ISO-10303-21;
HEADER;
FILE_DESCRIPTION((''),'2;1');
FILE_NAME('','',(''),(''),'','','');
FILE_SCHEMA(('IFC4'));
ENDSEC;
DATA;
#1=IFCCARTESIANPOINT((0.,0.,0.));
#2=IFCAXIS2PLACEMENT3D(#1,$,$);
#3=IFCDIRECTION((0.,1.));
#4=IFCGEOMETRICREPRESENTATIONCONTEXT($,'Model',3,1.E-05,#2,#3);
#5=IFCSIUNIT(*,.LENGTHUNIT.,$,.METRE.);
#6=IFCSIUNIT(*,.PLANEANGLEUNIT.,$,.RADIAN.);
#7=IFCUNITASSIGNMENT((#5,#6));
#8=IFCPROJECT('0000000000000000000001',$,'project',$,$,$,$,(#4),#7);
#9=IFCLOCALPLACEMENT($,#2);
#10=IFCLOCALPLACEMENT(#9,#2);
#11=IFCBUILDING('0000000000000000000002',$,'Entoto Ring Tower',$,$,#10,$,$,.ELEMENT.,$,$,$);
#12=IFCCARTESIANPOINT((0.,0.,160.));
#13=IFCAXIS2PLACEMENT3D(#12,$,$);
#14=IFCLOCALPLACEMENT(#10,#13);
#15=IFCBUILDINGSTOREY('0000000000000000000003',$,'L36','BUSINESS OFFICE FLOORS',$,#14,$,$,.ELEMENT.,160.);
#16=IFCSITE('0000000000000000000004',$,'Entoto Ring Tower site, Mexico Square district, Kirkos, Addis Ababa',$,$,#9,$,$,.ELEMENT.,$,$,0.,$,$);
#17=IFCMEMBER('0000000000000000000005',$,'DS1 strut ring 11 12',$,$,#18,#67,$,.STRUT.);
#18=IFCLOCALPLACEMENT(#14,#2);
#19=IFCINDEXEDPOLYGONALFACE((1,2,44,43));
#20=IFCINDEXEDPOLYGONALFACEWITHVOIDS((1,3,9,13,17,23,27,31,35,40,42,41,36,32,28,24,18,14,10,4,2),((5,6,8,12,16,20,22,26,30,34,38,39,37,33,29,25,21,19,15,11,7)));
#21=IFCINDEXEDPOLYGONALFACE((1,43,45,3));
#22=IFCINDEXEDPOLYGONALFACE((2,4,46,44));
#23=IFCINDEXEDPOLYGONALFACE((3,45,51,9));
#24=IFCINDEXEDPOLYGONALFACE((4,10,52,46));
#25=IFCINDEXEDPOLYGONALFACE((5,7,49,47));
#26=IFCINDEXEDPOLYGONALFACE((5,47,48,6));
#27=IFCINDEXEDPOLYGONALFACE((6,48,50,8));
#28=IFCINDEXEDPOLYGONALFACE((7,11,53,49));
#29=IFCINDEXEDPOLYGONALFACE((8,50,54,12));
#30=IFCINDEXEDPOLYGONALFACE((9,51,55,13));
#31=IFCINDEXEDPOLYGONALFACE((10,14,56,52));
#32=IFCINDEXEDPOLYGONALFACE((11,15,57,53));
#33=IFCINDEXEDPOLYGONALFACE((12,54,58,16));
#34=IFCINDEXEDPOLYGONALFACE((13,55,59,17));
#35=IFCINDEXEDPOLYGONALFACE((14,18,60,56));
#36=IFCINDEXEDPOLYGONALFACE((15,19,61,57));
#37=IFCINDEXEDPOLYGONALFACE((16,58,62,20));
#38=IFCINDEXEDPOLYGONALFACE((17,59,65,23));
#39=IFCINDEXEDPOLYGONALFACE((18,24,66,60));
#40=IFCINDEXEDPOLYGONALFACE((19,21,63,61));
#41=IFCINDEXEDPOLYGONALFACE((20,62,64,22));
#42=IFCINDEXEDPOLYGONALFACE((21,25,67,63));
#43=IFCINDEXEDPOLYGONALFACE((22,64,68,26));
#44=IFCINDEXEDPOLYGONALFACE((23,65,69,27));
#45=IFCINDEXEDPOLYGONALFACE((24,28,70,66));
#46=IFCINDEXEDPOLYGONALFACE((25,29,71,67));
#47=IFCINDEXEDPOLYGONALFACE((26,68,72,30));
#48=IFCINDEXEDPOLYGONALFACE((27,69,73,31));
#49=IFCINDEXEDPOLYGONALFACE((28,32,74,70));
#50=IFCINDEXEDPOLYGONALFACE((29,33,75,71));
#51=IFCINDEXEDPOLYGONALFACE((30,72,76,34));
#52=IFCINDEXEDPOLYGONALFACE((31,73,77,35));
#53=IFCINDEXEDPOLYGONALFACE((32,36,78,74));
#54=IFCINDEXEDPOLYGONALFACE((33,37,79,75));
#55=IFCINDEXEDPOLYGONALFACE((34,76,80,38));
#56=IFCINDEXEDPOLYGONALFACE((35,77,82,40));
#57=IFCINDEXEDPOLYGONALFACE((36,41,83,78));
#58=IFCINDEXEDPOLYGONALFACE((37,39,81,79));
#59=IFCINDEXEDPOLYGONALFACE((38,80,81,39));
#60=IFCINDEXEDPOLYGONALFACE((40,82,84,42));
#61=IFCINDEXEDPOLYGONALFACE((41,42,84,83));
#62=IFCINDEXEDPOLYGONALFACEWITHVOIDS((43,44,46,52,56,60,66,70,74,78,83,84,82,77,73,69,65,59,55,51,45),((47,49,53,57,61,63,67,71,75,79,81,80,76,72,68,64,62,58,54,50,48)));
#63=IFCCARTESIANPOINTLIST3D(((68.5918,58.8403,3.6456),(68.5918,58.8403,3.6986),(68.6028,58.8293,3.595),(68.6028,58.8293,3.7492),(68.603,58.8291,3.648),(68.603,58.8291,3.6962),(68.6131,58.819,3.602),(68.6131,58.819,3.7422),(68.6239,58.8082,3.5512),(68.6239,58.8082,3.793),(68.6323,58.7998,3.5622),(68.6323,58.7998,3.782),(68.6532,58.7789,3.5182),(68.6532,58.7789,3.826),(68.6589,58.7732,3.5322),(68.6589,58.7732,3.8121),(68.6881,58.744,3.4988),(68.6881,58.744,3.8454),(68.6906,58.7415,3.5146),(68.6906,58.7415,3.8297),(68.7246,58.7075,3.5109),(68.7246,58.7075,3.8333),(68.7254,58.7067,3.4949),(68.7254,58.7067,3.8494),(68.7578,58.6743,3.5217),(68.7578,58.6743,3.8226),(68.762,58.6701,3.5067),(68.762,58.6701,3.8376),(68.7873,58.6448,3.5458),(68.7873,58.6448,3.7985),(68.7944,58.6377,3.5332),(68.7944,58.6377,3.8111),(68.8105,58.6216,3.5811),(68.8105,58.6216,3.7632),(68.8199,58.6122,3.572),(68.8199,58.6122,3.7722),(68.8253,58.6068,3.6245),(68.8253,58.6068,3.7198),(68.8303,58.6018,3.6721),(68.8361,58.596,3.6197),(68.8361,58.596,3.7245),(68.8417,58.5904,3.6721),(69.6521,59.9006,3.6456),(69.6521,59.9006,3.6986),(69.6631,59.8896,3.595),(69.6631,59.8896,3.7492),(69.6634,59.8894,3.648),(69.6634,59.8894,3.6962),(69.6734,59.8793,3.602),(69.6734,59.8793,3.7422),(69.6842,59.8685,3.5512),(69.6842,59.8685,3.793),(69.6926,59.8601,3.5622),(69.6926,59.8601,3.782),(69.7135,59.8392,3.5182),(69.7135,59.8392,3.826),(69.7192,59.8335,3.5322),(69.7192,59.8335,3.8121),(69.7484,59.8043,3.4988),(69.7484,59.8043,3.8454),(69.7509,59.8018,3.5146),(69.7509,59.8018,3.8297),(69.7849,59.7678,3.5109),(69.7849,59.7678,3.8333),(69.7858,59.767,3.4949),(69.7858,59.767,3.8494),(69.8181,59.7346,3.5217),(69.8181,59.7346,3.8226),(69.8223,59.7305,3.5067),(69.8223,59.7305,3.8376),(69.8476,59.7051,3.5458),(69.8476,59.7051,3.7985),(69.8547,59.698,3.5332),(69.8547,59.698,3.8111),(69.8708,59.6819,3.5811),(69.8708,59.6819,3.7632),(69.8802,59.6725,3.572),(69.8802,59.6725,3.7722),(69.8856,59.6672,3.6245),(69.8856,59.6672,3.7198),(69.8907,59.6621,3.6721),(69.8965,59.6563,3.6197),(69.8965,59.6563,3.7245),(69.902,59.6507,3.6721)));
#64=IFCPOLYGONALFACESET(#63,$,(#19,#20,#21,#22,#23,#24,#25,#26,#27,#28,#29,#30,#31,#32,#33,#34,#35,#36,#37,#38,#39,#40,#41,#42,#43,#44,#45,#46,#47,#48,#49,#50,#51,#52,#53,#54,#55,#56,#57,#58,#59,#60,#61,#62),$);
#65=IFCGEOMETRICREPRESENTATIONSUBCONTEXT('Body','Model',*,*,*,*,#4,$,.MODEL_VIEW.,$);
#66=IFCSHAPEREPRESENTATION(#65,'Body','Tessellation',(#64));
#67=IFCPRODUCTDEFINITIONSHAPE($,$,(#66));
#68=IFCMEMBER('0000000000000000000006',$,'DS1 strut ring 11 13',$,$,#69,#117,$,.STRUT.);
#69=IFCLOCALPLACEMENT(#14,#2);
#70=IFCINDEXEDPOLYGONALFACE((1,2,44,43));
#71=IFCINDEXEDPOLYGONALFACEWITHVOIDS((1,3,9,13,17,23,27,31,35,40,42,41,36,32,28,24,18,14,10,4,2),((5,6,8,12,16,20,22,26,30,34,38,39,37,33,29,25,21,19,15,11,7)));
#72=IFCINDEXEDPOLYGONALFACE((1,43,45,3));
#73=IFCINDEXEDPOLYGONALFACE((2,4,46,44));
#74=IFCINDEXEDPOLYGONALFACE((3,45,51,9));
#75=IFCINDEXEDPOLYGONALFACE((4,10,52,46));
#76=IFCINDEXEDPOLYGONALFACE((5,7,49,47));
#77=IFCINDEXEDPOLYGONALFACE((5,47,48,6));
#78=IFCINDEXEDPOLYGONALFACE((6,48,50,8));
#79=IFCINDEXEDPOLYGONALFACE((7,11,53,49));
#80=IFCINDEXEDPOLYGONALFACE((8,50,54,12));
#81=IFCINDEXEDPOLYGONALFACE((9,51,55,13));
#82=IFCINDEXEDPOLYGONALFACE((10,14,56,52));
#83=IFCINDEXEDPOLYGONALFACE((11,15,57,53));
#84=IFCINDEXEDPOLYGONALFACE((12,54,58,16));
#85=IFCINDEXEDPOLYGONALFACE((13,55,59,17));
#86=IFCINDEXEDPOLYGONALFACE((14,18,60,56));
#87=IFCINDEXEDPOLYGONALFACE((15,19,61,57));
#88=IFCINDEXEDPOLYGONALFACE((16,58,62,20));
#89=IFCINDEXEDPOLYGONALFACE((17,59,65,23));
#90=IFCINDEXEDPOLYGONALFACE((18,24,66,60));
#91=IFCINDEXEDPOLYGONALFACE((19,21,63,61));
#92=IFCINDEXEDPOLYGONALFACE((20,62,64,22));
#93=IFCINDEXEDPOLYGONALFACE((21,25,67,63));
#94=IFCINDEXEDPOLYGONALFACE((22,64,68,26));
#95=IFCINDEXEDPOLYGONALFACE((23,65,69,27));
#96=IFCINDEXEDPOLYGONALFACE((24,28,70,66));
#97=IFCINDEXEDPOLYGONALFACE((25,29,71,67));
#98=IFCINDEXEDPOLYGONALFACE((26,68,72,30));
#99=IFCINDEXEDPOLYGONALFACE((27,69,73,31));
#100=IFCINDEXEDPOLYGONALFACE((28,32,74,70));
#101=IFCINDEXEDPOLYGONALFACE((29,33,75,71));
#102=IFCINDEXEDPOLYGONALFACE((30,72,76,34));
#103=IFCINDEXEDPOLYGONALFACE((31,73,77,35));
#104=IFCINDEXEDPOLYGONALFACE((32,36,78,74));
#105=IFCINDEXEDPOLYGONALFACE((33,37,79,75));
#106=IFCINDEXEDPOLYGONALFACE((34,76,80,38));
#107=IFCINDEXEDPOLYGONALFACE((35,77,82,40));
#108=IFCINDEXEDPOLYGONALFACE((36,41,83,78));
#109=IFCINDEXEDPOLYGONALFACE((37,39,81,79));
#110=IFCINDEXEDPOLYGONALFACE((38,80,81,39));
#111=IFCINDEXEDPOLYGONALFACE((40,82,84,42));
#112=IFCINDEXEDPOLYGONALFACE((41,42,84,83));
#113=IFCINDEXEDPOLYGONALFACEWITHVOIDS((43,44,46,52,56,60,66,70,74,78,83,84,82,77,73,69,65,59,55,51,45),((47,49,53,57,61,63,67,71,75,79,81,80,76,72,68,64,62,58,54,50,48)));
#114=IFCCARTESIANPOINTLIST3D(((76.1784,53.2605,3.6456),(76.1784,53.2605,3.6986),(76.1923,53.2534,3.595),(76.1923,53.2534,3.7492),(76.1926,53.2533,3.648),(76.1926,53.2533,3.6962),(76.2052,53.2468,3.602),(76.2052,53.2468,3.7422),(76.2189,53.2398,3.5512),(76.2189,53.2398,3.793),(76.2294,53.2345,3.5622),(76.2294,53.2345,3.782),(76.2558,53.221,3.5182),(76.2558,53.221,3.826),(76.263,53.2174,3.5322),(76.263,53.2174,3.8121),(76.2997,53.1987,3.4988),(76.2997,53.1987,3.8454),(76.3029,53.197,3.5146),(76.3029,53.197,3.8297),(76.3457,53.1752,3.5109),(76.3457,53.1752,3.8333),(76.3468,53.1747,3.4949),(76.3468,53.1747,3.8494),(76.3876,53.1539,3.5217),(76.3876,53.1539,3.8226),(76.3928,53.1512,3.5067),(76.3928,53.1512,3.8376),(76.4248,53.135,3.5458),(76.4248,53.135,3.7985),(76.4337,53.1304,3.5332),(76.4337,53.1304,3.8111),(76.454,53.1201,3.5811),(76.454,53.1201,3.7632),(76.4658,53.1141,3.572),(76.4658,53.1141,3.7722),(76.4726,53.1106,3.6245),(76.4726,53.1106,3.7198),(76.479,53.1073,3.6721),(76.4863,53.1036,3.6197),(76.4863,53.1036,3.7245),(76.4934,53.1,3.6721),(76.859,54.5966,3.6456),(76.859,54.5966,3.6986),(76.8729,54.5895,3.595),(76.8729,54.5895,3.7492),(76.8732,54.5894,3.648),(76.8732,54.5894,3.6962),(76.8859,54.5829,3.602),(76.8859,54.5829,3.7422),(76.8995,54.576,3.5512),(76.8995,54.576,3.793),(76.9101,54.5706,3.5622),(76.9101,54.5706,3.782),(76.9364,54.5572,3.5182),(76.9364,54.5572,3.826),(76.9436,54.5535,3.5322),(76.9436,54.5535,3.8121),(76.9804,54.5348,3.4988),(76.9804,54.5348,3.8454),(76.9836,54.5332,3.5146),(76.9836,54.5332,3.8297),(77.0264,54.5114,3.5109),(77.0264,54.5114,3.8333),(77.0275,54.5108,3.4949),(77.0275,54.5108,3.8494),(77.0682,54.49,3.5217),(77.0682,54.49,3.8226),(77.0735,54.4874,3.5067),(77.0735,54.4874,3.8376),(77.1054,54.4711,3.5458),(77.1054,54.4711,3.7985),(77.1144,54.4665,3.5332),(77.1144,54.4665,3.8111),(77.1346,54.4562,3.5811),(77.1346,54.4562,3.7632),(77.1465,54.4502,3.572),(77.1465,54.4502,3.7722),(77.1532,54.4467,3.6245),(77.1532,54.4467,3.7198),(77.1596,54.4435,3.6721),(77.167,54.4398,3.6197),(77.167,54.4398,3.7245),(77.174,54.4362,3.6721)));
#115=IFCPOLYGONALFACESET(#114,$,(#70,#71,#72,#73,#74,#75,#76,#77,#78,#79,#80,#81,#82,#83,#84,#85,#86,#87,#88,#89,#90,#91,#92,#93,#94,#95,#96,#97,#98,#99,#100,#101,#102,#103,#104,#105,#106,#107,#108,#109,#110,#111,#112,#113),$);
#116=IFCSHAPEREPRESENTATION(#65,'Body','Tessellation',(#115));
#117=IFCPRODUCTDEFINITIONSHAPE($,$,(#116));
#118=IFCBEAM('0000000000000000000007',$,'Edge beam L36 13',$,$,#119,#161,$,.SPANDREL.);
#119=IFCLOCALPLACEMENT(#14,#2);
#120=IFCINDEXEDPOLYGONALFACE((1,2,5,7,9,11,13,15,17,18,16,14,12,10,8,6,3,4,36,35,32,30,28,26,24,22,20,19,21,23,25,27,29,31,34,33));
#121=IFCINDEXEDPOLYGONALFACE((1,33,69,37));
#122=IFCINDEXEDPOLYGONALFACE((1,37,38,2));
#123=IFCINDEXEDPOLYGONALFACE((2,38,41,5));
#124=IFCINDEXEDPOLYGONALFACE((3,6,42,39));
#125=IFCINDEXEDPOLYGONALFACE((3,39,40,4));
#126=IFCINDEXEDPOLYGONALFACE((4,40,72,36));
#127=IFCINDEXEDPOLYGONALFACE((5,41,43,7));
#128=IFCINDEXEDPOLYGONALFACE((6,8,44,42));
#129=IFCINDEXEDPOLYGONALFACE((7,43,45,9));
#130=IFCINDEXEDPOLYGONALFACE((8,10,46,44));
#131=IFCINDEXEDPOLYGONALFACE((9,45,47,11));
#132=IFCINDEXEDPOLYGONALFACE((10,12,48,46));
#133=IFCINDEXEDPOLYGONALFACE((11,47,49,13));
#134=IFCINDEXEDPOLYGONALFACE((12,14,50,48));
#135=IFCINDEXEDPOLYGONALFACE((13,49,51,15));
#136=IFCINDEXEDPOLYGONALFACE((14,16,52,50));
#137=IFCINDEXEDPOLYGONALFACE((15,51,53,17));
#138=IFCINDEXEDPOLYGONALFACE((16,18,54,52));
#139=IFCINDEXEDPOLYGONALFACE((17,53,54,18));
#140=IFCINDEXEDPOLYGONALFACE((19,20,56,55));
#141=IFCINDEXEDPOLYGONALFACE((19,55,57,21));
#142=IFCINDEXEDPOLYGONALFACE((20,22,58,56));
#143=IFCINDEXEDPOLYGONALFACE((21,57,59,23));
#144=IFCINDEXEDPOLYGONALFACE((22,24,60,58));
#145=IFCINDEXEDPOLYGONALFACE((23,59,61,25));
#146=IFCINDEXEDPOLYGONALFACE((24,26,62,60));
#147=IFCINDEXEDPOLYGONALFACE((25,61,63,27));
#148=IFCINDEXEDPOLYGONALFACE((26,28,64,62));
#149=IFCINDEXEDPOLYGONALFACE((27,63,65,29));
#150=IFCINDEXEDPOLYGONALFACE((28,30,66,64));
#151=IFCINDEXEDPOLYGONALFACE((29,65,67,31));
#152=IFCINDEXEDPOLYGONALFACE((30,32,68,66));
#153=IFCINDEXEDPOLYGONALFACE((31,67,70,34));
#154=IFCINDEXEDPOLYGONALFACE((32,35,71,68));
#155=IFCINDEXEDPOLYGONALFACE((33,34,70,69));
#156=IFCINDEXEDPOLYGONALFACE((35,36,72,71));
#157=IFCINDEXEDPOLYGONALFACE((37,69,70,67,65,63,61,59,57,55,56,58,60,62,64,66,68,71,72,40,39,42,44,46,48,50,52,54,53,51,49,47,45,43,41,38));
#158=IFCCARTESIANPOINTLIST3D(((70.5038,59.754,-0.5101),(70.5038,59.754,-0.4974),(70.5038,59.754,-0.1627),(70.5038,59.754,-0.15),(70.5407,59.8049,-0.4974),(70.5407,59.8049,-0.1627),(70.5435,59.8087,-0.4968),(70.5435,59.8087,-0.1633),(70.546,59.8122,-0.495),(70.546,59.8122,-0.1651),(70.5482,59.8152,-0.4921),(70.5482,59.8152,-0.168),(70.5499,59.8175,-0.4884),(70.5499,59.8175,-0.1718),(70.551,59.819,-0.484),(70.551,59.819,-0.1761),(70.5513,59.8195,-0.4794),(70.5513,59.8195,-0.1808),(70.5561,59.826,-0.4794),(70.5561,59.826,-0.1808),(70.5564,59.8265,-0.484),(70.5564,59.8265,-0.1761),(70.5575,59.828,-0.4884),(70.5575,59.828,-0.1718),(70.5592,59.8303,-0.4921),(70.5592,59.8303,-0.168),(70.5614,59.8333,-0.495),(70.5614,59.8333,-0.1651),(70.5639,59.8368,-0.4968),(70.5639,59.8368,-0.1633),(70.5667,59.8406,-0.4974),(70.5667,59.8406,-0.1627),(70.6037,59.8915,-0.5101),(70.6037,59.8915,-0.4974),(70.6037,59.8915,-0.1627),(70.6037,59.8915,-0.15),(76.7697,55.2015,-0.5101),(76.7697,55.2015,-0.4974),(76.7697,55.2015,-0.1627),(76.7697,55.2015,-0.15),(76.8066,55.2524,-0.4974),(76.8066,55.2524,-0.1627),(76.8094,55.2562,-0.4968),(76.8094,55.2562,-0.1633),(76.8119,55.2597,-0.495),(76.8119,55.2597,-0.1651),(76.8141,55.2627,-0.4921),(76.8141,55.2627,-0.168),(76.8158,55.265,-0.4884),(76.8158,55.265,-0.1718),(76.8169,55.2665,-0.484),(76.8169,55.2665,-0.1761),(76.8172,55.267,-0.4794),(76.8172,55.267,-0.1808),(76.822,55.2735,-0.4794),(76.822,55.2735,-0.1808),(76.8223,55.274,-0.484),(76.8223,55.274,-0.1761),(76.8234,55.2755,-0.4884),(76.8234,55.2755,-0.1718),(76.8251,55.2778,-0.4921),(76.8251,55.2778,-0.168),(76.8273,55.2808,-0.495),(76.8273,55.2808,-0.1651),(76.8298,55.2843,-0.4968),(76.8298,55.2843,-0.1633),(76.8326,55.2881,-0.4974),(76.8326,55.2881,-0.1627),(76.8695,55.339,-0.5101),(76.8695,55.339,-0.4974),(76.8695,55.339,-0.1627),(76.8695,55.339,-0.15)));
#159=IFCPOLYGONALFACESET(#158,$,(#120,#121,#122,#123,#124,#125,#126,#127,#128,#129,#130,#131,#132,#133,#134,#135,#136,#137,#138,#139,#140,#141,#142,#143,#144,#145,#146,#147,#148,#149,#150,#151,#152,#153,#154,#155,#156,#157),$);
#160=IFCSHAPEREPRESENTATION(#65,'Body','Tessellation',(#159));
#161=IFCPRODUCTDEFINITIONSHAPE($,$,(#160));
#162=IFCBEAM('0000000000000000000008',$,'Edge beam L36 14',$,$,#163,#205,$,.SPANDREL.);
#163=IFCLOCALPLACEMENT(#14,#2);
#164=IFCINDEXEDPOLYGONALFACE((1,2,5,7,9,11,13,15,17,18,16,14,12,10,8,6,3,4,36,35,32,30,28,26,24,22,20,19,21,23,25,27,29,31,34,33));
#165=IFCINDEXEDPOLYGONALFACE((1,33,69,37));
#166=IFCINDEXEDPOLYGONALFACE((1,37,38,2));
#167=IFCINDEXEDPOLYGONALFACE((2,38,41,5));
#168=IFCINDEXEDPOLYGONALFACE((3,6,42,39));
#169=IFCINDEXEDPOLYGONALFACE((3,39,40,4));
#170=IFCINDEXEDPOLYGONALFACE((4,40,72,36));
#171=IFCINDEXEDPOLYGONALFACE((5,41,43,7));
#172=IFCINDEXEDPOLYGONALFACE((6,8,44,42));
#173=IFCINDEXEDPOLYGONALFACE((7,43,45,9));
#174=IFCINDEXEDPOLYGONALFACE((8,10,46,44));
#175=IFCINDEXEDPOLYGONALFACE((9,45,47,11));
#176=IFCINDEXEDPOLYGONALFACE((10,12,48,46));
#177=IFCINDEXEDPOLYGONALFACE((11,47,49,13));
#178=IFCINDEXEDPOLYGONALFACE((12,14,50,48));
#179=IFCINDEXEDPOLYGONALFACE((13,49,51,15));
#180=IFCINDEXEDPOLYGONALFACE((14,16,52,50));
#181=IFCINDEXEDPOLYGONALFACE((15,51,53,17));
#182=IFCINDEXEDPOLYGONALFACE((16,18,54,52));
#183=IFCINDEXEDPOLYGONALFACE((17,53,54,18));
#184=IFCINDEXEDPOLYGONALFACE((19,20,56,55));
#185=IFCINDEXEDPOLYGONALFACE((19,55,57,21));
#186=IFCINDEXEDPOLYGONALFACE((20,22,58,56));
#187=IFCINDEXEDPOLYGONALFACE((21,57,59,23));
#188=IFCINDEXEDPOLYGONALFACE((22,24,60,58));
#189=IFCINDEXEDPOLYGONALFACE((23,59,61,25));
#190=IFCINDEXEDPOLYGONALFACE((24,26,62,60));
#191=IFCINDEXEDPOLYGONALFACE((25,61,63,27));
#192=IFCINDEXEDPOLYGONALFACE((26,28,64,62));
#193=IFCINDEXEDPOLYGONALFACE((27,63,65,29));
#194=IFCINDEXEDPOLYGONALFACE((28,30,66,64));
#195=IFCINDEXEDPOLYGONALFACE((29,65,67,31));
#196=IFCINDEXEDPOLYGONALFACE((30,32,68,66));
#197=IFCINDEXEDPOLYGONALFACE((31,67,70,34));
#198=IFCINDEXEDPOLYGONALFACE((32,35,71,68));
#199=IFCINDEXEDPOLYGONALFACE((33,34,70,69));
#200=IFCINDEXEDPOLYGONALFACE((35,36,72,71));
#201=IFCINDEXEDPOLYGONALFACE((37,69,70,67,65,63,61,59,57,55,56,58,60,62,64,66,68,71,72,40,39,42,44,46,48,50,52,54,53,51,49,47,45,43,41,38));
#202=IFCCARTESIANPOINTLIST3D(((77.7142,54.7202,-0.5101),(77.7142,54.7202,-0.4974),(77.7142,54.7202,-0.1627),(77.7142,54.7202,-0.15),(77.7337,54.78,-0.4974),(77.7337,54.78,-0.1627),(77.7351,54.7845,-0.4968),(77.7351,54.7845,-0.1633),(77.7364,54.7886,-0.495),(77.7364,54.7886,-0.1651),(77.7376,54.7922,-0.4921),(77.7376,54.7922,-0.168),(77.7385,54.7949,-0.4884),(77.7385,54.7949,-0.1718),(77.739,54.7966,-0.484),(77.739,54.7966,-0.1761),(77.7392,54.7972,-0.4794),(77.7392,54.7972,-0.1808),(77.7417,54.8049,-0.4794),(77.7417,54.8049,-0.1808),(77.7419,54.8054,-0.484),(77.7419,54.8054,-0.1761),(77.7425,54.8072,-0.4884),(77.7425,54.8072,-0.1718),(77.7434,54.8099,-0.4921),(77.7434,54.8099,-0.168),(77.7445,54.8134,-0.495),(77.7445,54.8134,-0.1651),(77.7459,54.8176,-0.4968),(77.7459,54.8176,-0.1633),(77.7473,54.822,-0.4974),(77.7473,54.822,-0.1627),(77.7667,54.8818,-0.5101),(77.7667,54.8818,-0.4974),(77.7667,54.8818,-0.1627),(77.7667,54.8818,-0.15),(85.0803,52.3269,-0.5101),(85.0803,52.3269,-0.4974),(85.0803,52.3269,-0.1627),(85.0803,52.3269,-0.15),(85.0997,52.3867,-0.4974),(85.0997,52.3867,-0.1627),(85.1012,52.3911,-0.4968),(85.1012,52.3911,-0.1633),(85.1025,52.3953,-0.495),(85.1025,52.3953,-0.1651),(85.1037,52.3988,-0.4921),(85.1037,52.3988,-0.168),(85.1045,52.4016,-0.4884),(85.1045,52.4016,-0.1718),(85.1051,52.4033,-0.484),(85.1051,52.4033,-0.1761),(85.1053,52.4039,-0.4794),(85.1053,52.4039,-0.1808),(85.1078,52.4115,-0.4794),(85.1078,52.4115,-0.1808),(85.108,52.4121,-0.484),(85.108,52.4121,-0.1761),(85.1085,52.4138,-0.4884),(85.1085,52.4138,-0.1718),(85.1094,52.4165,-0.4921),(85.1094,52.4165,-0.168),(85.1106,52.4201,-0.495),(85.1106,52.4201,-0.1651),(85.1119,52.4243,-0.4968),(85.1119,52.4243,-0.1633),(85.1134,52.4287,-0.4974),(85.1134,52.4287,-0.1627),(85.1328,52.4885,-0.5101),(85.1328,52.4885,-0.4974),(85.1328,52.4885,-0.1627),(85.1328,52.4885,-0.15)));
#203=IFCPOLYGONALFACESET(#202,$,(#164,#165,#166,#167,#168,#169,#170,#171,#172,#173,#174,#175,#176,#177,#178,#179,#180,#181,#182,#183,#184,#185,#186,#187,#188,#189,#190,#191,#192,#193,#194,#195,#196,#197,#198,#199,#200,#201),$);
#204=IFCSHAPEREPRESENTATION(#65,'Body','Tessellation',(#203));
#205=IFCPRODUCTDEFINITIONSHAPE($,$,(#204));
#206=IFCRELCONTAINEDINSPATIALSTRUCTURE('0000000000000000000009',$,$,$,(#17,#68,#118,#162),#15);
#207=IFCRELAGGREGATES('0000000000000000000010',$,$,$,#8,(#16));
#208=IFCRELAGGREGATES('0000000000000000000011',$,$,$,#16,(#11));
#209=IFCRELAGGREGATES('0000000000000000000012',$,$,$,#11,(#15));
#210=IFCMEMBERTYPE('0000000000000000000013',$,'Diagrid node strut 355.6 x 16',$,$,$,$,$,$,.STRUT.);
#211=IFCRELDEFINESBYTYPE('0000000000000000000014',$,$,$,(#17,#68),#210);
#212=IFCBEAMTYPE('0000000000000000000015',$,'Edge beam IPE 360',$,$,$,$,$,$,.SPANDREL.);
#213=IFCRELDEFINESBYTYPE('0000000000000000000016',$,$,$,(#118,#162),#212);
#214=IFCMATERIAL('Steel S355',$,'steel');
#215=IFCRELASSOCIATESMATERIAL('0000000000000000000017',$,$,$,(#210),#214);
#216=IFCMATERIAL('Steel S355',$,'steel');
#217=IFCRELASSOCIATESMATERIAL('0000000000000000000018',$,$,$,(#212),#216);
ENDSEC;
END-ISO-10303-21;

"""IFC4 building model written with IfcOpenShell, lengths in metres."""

from ifc_helpers import new_model, si_unit, direction, frame, origin, origin_2d, place, context, subcontext, project, spatial, circle, hollow_circle, i_section, extrude, material, material_profile, profile_set, type_object, element, save


model = new_model("IFC4")

# Units and contexts
model_context = context("Model", 3, precision=1e-05, world=origin(), true_north=direction((0.0, 1.0)))
body_context = subcontext(model_context, "Body", "Model", "MODEL_VIEW")
ifc_project = project(units=[si_unit("LENGTHUNIT", "METRE"), si_unit("PLANEANGLEUNIT", "RADIAN")], contexts=[model_context])

# Site, building, storey
site_placement = place(None, origin())
site = spatial("IfcSite", under=ifc_project, at=site_placement, Name="Entoto Ring Tower site, Mexico Square district, Kirkos, Addis Ababa", CompositionType="ELEMENT", RefElevation=0.0)
building_placement = place(site_placement, origin())
building = spatial("IfcBuilding", under=site, at=building_placement, Name="Entoto Ring Tower", CompositionType="ELEMENT")
storey_placement = place(building_placement, frame((0.0, 0.0, 160.0)))
storey = spatial("IfcBuildingStorey", under=building, at=storey_placement, Name="L36", Description="BUSINESS OFFICE FLOORS", CompositionType="ELEMENT", Elevation=160.0)

# Members
ifc_material_1 = material(Name="Steel S355", Category="steel")
ifc_material_profile_1 = material_profile(ifc_material_1, hollow_circle(Radius=0.1777, WallThickness=0.0161, at=origin_2d()), Name="CHS 355.6 x 16")
ifc_material_2 = material(Name="Concrete C60/75", Category="concrete")
ifc_material_profile_2 = material_profile(ifc_material_2, circle(Radius=0.1619, at=origin_2d()), Name="Concrete C60/75 infill")
ifc_profile_set_1 = profile_set([ifc_material_profile_1, ifc_material_profile_2], Name="Steel S355")
member_type = type_object("IfcMemberType", Name="Diagrid node strut 355.6 x 16", PredefinedType="STRUT", material=ifc_profile_set_1)
for number, where, z_axis, x_axis, name in (
    (1, (69.7764, 59.7764, 3.6721), (-0.707107, -0.707107, 0.0), (0.707107, -0.707107, 0.0), "DS1 strut ring 11 12"),
    (2, (77.0156, 54.5168, 3.6721), (-0.453909, -0.891048, 0.0), (0.891048, -0.453909, 0.0), "DS1 strut ring 11 13"),
):
    element("IfcMember", number, at=place(storey_placement, frame(where, z_axis=z_axis, x_axis=x_axis)), inside=storey, type_object=member_type, Name=name, PredefinedType="STRUT", context=body_context, shape_type="SweptSolid", body=[
        extrude(hollow_circle(Radius=0.1777, WallThickness=0.0161, at=origin_2d()), origin(), (0.0, 0.0, 1.0), 1.4995),
    ])

# Beams
ifc_material_3 = material(Name="Steel S355", Category="steel")
ifc_material_profile_3 = material_profile(ifc_material_3, i_section(OverallWidth=0.1699, OverallDepth=0.3601, WebThickness=0.0081, FlangeThickness=0.0127, FilletRadius=0.0181, at=origin_2d()), Name="IPE 360")
ifc_profile_set_2 = profile_set([ifc_material_profile_3], Name="Steel S355")
beam_type = type_object("IfcBeamType", Name="Edge beam IPE 360", PredefinedType="SPANDREL", material=ifc_profile_set_2)
for number, where, z_axis, x_axis, name in (
    (3, (70.5537, 59.8228, -0.3301), (0.809013, -0.587791, 0.0), (0.587791, 0.809013, 0.0), "Edge beam L36 13"),
    (4, (77.7405, 54.801, -0.3301), (0.951058, -0.309013, 0.0), (0.309013, 0.951058, 0.0), "Edge beam L36 14"),
):
    element("IfcBeam", number, at=place(storey_placement, frame(where, z_axis=z_axis, x_axis=x_axis)), inside=storey, type_object=beam_type, Name=name, PredefinedType="SPANDREL", context=body_context, shape_type="SweptSolid", body=[
        extrude(i_section(OverallWidth=0.1699, OverallDepth=0.3601, WebThickness=0.0081, FlangeThickness=0.0127, FilletRadius=0.0181, at=origin_2d()), origin(), (0.0, 0.0, 1.0), 7.7451),
    ])

save(model, "model.ifc")
